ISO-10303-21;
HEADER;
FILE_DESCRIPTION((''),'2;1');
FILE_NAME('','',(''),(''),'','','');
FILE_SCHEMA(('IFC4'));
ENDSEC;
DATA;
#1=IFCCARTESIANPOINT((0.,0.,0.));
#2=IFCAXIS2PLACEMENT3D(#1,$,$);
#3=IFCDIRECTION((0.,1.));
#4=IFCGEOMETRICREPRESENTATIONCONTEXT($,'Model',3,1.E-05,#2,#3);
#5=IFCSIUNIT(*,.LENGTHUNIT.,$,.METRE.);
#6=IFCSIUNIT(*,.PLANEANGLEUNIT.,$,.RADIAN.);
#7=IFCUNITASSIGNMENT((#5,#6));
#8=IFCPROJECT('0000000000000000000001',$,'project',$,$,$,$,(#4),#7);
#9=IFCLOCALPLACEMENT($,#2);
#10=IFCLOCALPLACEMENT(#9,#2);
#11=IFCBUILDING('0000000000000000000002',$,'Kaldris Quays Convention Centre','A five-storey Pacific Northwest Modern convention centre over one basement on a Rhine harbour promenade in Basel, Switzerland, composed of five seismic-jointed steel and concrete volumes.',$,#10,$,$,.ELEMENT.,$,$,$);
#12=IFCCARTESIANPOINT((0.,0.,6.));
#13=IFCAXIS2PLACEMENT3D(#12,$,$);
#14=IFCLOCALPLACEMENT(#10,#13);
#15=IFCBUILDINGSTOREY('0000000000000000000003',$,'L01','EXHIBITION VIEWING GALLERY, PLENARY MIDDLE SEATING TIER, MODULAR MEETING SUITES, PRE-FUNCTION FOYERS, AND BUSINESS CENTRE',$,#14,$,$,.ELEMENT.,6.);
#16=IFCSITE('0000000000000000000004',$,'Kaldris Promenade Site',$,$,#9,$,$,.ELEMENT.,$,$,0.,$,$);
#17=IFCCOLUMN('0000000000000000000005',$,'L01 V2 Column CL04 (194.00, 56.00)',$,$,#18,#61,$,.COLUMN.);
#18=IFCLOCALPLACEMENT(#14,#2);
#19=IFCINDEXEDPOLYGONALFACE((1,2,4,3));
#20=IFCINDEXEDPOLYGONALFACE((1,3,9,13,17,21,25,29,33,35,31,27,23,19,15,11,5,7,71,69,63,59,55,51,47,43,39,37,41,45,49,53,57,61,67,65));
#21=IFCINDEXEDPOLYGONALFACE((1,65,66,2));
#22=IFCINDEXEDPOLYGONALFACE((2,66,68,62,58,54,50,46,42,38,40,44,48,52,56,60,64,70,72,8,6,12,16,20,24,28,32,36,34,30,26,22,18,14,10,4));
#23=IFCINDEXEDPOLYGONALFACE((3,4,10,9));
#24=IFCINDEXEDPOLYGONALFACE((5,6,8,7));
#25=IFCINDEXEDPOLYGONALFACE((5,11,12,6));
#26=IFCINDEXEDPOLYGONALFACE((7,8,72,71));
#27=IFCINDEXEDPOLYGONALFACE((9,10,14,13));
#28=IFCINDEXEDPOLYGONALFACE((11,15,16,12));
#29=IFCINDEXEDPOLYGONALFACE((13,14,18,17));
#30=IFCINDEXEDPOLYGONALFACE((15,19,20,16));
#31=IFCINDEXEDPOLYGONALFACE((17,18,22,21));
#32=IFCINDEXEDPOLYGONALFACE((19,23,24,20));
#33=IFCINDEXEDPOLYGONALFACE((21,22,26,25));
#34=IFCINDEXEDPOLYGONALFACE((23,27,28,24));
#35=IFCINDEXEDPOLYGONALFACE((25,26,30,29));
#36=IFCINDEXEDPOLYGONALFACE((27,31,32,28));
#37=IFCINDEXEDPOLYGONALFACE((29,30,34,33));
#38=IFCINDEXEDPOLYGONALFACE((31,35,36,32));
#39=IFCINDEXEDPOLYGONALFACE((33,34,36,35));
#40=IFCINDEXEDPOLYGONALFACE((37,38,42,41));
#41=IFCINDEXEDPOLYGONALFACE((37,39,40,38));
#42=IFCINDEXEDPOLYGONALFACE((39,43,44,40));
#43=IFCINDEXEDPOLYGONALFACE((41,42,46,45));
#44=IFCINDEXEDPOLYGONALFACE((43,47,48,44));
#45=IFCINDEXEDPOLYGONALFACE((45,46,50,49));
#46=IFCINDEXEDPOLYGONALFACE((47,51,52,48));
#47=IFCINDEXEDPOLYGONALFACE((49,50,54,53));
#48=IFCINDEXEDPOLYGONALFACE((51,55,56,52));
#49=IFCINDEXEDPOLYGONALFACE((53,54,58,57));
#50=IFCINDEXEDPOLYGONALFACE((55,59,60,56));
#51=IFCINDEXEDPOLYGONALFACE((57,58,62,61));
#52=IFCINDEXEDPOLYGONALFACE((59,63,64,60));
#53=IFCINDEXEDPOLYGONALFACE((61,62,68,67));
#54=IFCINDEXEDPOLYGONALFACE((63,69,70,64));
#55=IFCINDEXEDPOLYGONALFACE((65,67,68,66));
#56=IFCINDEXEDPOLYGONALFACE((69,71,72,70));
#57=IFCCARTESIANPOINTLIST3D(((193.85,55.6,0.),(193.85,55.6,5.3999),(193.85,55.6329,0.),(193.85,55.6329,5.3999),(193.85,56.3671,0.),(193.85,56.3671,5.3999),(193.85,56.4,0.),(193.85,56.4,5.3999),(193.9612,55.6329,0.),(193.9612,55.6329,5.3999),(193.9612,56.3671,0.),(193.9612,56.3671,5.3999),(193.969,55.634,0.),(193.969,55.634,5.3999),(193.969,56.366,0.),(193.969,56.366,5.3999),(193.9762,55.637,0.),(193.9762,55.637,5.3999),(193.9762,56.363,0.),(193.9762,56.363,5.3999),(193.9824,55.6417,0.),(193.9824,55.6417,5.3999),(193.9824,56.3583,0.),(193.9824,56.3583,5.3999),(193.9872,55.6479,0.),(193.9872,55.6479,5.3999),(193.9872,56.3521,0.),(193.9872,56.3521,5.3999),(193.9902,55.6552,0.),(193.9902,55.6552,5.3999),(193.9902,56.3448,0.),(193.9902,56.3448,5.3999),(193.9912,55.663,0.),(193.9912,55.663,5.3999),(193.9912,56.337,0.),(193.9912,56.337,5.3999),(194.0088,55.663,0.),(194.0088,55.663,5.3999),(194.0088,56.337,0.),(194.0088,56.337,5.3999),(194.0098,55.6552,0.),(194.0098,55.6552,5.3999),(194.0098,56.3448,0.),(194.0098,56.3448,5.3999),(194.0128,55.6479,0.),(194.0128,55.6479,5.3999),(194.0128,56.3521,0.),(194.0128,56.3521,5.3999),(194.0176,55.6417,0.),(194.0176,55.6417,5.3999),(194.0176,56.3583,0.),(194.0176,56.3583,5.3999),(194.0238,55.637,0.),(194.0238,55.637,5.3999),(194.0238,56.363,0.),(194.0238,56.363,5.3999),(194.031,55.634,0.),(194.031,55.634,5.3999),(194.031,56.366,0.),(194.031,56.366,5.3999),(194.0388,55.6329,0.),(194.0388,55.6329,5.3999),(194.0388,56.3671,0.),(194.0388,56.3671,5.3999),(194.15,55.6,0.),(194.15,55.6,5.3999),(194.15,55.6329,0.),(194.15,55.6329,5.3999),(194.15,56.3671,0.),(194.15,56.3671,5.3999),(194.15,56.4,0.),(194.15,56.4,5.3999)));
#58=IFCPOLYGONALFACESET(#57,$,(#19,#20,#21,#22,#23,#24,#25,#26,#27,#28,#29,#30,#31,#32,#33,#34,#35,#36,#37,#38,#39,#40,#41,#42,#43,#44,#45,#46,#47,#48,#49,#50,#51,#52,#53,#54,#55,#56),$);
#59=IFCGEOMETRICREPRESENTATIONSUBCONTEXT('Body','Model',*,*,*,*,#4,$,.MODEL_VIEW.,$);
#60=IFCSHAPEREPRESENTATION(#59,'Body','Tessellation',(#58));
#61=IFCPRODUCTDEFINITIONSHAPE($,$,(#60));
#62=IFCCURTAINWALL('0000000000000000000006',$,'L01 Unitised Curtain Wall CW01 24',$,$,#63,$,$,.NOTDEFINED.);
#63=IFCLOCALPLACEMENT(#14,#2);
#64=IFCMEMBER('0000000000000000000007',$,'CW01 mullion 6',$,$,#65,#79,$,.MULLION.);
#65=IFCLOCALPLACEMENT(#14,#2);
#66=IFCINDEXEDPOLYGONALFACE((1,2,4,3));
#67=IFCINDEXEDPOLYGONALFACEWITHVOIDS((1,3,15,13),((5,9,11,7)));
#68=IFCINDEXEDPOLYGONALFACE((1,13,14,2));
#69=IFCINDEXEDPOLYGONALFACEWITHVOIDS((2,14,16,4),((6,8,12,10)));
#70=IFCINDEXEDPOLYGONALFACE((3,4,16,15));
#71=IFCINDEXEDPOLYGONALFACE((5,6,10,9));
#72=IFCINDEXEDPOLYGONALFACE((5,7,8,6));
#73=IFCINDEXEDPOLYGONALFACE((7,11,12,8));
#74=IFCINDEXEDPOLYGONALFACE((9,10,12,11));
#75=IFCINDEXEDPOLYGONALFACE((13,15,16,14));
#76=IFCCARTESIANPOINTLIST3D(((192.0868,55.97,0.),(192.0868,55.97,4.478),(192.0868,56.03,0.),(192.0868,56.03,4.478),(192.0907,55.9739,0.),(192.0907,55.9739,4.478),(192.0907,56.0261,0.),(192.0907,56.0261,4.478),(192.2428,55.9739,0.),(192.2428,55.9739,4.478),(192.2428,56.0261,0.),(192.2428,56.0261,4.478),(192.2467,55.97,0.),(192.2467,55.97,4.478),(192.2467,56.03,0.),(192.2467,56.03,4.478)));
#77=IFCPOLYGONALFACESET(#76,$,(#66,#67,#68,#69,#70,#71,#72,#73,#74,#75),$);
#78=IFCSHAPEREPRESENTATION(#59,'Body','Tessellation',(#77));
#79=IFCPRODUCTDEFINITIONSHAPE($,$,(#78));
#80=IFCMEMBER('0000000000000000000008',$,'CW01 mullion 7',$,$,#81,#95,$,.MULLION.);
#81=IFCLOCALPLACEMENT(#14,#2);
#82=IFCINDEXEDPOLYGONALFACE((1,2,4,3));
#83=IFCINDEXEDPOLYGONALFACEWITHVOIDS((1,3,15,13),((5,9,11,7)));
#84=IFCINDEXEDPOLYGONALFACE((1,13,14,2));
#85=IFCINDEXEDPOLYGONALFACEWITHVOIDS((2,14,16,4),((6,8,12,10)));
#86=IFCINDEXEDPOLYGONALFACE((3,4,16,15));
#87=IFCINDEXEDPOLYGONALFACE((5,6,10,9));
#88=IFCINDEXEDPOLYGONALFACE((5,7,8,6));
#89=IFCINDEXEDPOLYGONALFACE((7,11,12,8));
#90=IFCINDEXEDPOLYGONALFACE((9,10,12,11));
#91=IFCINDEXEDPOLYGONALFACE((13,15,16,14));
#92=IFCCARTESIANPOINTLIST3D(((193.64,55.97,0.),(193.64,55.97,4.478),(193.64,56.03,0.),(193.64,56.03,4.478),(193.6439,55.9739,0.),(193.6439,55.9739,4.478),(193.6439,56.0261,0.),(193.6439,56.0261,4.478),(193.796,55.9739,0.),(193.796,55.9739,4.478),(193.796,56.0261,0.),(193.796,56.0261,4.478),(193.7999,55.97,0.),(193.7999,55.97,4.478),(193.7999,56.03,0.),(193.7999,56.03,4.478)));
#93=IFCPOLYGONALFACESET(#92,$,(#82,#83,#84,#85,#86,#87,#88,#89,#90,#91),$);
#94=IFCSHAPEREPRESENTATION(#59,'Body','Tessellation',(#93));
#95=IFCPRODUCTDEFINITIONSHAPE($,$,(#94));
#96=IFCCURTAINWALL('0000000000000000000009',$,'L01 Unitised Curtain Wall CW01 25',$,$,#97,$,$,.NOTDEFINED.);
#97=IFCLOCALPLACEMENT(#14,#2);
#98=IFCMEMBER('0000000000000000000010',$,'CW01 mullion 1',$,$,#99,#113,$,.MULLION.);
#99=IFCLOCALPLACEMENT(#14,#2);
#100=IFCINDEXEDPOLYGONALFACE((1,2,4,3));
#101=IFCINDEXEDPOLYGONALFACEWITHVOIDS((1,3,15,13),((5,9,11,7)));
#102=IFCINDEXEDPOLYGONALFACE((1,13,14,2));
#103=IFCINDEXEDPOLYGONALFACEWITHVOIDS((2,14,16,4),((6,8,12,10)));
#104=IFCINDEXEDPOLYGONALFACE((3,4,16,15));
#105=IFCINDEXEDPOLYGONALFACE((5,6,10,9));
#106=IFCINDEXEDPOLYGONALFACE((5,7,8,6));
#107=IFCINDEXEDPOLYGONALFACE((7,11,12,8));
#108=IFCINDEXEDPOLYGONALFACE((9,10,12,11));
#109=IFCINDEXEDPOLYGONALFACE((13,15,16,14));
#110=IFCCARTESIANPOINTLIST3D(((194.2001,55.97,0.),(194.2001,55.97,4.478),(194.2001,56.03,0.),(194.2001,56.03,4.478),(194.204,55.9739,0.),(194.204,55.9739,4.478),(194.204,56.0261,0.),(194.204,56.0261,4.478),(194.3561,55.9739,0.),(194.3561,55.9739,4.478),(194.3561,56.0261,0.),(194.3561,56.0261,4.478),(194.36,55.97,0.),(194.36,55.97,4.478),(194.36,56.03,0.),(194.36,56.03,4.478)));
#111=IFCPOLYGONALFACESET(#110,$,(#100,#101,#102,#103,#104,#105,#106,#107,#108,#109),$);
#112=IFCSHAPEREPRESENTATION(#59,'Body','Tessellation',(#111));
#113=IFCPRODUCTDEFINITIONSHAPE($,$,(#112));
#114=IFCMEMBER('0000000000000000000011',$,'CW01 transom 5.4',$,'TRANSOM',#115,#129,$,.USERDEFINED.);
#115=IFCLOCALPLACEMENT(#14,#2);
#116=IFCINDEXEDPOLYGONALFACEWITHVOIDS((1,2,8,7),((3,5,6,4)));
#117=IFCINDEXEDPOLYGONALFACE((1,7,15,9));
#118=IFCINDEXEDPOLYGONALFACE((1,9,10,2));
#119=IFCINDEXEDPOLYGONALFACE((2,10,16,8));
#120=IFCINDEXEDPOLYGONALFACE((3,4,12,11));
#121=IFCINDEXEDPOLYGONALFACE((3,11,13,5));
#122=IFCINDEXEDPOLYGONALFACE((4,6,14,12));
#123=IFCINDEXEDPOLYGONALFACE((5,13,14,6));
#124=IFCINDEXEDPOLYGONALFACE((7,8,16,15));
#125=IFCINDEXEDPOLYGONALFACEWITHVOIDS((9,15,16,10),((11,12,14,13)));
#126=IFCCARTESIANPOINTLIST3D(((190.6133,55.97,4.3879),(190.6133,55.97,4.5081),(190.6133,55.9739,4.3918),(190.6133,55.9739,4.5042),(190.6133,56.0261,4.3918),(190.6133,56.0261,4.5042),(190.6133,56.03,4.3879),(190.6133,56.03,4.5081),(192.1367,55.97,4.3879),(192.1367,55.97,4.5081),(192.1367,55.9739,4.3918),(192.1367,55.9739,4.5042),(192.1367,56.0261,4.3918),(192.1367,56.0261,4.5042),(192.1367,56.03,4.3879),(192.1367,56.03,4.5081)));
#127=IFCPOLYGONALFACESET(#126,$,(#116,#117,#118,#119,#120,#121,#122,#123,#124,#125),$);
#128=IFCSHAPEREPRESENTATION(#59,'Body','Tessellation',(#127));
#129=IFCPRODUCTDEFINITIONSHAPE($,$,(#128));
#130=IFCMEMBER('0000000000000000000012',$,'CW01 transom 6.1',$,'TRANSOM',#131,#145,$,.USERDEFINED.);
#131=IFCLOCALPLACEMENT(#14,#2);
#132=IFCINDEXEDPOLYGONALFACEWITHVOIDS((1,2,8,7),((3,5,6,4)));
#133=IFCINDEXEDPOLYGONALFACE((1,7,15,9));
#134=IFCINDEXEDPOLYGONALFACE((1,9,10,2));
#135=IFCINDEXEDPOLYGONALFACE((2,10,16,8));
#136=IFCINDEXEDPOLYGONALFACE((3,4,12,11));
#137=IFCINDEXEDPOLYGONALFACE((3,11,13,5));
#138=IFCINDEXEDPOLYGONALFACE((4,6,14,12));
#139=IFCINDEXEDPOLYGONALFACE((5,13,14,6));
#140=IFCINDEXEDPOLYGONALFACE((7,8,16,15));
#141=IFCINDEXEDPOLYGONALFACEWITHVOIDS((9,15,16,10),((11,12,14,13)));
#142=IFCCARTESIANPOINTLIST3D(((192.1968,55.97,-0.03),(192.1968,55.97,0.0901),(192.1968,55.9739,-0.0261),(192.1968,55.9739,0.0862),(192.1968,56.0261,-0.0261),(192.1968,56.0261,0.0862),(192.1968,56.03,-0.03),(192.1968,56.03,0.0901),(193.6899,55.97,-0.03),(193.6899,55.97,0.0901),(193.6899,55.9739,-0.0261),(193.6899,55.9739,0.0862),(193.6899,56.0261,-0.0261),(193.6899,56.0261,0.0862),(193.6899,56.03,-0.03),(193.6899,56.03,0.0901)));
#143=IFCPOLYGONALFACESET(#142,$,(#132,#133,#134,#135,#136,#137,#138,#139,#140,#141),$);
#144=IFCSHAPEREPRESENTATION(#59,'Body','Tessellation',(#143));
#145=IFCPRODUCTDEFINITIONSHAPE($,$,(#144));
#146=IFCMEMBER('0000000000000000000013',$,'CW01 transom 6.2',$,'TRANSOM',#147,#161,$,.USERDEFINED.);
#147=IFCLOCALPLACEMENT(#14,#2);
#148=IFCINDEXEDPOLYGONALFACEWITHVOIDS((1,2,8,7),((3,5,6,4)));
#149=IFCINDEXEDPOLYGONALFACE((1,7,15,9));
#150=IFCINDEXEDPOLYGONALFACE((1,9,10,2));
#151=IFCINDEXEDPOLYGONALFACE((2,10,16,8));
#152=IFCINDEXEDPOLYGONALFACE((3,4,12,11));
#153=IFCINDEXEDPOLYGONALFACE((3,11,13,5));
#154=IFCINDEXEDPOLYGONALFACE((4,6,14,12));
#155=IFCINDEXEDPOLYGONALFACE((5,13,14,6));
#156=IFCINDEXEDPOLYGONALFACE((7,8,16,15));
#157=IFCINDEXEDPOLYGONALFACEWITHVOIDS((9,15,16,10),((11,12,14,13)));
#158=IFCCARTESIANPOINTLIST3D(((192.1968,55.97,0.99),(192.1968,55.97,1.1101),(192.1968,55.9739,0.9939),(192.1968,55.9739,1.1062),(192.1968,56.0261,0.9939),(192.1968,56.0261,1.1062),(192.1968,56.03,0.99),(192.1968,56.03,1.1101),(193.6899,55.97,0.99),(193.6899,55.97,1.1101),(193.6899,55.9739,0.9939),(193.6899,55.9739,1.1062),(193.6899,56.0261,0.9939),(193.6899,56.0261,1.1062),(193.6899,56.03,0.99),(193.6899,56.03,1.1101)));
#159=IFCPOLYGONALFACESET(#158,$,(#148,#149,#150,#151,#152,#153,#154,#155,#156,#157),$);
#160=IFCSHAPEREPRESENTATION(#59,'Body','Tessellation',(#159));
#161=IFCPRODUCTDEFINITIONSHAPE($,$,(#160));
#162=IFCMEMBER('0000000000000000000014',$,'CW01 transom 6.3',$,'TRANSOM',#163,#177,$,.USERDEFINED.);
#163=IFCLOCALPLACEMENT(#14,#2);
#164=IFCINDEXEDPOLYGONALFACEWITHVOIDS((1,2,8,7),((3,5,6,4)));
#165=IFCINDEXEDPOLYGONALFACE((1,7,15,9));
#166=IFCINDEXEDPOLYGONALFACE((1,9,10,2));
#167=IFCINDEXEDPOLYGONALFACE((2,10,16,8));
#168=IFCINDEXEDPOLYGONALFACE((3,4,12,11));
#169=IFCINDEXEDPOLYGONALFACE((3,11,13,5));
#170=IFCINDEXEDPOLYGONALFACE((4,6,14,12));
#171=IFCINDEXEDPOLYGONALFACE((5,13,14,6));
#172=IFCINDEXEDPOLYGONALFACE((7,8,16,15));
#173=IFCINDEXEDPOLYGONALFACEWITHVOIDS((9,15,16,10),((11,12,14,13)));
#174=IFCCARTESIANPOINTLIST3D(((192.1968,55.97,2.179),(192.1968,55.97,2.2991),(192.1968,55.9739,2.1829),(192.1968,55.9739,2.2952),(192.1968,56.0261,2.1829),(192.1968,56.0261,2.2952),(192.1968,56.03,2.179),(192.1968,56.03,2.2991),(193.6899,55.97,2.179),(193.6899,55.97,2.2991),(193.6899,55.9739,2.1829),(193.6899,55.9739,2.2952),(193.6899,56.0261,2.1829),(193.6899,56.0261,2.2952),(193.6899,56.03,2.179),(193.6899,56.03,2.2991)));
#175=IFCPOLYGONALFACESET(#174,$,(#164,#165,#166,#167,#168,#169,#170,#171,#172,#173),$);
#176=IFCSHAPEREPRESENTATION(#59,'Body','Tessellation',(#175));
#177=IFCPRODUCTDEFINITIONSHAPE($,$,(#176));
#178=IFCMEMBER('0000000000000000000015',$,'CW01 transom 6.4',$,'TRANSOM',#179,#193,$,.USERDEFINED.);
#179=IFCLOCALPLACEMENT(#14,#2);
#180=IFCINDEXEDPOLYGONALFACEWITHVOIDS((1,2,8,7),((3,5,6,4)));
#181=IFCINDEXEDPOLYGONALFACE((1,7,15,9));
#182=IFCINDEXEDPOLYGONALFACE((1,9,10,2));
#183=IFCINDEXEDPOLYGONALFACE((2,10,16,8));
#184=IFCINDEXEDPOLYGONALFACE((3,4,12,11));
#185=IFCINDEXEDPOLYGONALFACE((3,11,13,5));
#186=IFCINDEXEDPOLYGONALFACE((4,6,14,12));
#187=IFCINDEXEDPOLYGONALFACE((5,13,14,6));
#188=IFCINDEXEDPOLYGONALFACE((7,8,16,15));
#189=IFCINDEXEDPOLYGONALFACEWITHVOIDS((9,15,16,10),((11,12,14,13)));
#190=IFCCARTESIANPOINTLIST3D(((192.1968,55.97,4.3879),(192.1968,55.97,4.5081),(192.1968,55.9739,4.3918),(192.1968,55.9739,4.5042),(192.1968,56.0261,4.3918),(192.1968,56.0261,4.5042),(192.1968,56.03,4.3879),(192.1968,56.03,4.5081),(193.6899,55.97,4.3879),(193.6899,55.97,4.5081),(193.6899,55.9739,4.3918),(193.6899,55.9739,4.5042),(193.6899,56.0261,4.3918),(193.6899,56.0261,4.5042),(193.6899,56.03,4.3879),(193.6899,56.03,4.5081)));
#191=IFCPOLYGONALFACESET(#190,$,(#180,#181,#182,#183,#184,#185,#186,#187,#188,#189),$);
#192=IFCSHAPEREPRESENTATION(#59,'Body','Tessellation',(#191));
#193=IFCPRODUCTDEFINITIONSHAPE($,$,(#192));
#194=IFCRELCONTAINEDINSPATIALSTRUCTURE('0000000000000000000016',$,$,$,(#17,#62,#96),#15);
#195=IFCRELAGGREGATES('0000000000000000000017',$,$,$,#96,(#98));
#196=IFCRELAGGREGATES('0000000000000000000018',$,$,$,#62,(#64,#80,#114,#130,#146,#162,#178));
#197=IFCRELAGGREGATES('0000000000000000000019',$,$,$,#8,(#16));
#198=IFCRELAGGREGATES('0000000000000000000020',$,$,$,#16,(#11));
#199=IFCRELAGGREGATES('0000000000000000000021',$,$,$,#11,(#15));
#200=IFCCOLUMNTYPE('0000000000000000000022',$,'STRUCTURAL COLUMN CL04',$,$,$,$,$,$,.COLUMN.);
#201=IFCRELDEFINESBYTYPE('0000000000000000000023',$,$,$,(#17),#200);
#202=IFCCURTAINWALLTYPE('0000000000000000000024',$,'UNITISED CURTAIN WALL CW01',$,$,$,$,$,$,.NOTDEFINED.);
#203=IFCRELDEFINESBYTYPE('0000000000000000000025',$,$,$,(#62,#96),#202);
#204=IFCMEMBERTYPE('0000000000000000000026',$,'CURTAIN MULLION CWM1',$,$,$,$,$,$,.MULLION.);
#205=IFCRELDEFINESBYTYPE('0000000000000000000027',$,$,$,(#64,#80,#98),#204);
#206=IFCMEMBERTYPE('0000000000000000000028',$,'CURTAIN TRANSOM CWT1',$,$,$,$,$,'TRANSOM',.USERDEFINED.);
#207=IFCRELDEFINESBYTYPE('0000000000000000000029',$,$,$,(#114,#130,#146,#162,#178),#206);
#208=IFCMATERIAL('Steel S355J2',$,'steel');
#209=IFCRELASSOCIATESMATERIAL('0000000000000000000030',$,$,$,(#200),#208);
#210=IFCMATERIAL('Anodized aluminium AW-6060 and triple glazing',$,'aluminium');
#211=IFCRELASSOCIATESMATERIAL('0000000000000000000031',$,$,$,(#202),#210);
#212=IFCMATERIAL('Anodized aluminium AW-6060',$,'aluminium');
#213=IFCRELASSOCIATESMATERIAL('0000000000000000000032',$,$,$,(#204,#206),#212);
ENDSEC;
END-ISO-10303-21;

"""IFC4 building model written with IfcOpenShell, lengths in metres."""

from ifc_helpers import new_model, si_unit, direction, frame, origin, origin_2d, place, context, subcontext, project, spatial, hollow_rectangle, i_section, extrude, material, material_profile, profile_set, type_object, element, aggregate, save


model = new_model("IFC4")

# Units and contexts
model_context = context("Model", 3, precision=1e-05, world=origin(), true_north=direction((0.0, 1.0)))
body_context = subcontext(model_context, "Body", "Model", "MODEL_VIEW")
ifc_project = project(units=[si_unit("LENGTHUNIT", "METRE"), si_unit("PLANEANGLEUNIT", "RADIAN")], contexts=[model_context])

# Site, building, storey
site_placement = place(None, origin())
site = spatial("IfcSite", under=ifc_project, at=site_placement, Name="Kaldris Promenade Site", CompositionType="ELEMENT", RefElevation=0.0)
building_placement = place(site_placement, origin())
building = spatial("IfcBuilding", under=site, at=building_placement, Name="Kaldris Quays Convention Centre", Description="A five-storey Pacific Northwest Modern convention centre over one basement on a Rhine harbour promenade in Basel, Switzerland, composed of five seismic-jointed steel and concrete volumes.", CompositionType="ELEMENT")
storey_placement = place(building_placement, frame((0.0, 0.0, 6.0)))
storey = spatial("IfcBuildingStorey", under=building, at=storey_placement, Name="L01", Description="EXHIBITION VIEWING GALLERY, PLENARY MIDDLE SEATING TIER, MODULAR MEETING SUITES, PRE-FUNCTION FOYERS, AND BUSINESS CENTRE", CompositionType="ELEMENT", Elevation=6.0)

# Column
ifc_material_1 = material(Name="Steel S355J2", Category="steel")
ifc_material_profile_1 = material_profile(ifc_material_1, i_section(OverallWidth=0.3, OverallDepth=0.8, WebThickness=0.0176, FlangeThickness=0.033, FilletRadius=0.03, at=origin_2d()), Name="HEB 800")
ifc_profile_set_1 = profile_set([ifc_material_profile_1], Name="Steel S355J2")
column_type = type_object("IfcColumnType", Name="STRUCTURAL COLUMN CL04", PredefinedType="COLUMN", material=ifc_profile_set_1)
column_placement = place(storey_placement, frame((194.0, 56.0, 0.0), z_axis=(0.0, 0.0, 1.0), x_axis=(1.0, 0.0, 0.0)))
element("IfcColumn", 1, at=column_placement, inside=storey, type_object=column_type, Name="L01 V2 Column CL04 (194.00, 56.00)", PredefinedType="COLUMN", context=body_context, shape_type="SweptSolid", body=[
    extrude(i_section(OverallWidth=0.3, OverallDepth=0.8, WebThickness=0.0176, FlangeThickness=0.033, FilletRadius=0.03, at=origin_2d()), origin(), (0.0, 0.0, 1.0), 5.3999),
])

# Curtain wall, members
ifc_material_2 = material(Name="Anodized aluminium AW-6060 and triple glazing", Category="aluminium")
curtain_wall_type = type_object("IfcCurtainWallType", Name="UNITISED CURTAIN WALL CW01", PredefinedType="NOTDEFINED", material=ifc_material_2)
curtain_wall_1_placement = place(storey_placement, origin())
curtain_wall_1 = element("IfcCurtainWall", 2, at=curtain_wall_1_placement, inside=storey, type_object=curtain_wall_type, Name="L01 Unitised Curtain Wall CW01 24", PredefinedType="NOTDEFINED")
ifc_material_3 = material(Name="Anodized aluminium AW-6060", Category="aluminium")
ifc_material_profile_2 = material_profile(ifc_material_3, hollow_rectangle(XDim=0.0601, YDim=0.1599, WallThickness=0.0039, at=origin_2d()), Name="RHS 160x60x4")
ifc_profile_set_2 = profile_set([ifc_material_profile_2], Name="Anodized aluminium AW-6060")
member_type_1 = type_object("IfcMemberType", Name="CURTAIN MULLION CWM1", PredefinedType="MULLION", material=ifc_profile_set_2)
member_1_placement = place(storey_placement, frame((192.1667, 56.0, 0.0), z_axis=(0.0, 0.0, 1.0), x_axis=(0.0, 1.0, 0.0)))
member_1 = element("IfcMember", 3, at=member_1_placement, type_object=member_type_1, Name="CW01 mullion 6", PredefinedType="MULLION", context=body_context, shape_type="SweptSolid", body=[
    extrude(hollow_rectangle(XDim=0.0601, YDim=0.1599, WallThickness=0.0039, at=origin_2d()), origin(), (0.0, 0.0, 1.0), 4.478),
])
member_2_placement = place(storey_placement, frame((193.72, 56.0, 0.0), z_axis=(0.0, 0.0, 1.0), x_axis=(0.0, 1.0, 0.0)))
member_2 = element("IfcMember", 4, at=member_2_placement, type_object=member_type_1, Name="CW01 mullion 7", PredefinedType="MULLION", context=body_context, shape_type="SweptSolid", body=[
    extrude(hollow_rectangle(XDim=0.0601, YDim=0.1599, WallThickness=0.0039, at=origin_2d()), origin(), (0.0, 0.0, 1.0), 4.478),
])

# Curtain wall, member
curtain_wall_2_placement = place(storey_placement, origin())
curtain_wall_2 = element("IfcCurtainWall", 5, at=curtain_wall_2_placement, inside=storey, type_object=curtain_wall_type, Name="L01 Unitised Curtain Wall CW01 25", PredefinedType="NOTDEFINED")
member_3_placement = place(storey_placement, frame((194.28, 56.0, 0.0), z_axis=(0.0, 0.0, 1.0), x_axis=(0.0, 1.0, 0.0)))
member_3 = element("IfcMember", 6, at=member_3_placement, type_object=member_type_1, Name="CW01 mullion 1", PredefinedType="MULLION", context=body_context, shape_type="SweptSolid", body=[
    extrude(hollow_rectangle(XDim=0.0601, YDim=0.1599, WallThickness=0.0039, at=origin_2d()), origin(), (0.0, 0.0, 1.0), 4.478),
])

# Members
ifc_material_profile_3 = material_profile(ifc_material_3, hollow_rectangle(XDim=0.0601, YDim=0.1201, WallThickness=0.0039, at=origin_2d()), Name="RHS 120x60x4")
ifc_profile_set_3 = profile_set([ifc_material_profile_3], Name="Anodized aluminium AW-6060")
member_type_2 = type_object("IfcMemberType", Name="CURTAIN TRANSOM CWT1", ElementType="TRANSOM", PredefinedType="USERDEFINED", material=ifc_profile_set_3)
member_4_placement = place(storey_placement, frame((190.6133, 56.0, 4.448), z_axis=(1.0, 0.0, 0.0), x_axis=(0.0, 1.0, 0.0)))
member_4 = element("IfcMember", 7, at=member_4_placement, type_object=member_type_2, Name="CW01 transom 5.4", ObjectType="TRANSOM", PredefinedType="USERDEFINED", context=body_context, shape_type="SweptSolid", body=[
    extrude(hollow_rectangle(XDim=0.0601, YDim=0.1201, WallThickness=0.0039, at=origin_2d()), origin(), (0.0, 0.0, 1.0), 1.5234),
])
member_5_placement = place(storey_placement, frame((192.1968, 56.0, 0.03), z_axis=(1.0, 0.0, 0.0), x_axis=(0.0, 1.0, 0.0)))
member_5 = element("IfcMember", 8, at=member_5_placement, type_object=member_type_2, Name="CW01 transom 6.1", ObjectType="TRANSOM", PredefinedType="USERDEFINED", context=body_context, shape_type="SweptSolid", body=[
    extrude(hollow_rectangle(XDim=0.0601, YDim=0.1201, WallThickness=0.0039, at=origin_2d()), origin(), (0.0, 0.0, 1.0), 1.4932),
])
member_6_placement = place(storey_placement, frame((192.1968, 56.0, 1.05), z_axis=(1.0, 0.0, 0.0), x_axis=(0.0, 1.0, 0.0)))
member_6 = element("IfcMember", 9, at=member_6_placement, type_object=member_type_2, Name="CW01 transom 6.2", ObjectType="TRANSOM", PredefinedType="USERDEFINED", context=body_context, shape_type="SweptSolid", body=[
    extrude(hollow_rectangle(XDim=0.0601, YDim=0.1201, WallThickness=0.0039, at=origin_2d()), origin(), (0.0, 0.0, 1.0), 1.4932),
])
member_7_placement = place(storey_placement, frame((192.1968, 56.0, 2.239), z_axis=(1.0, 0.0, 0.0), x_axis=(0.0, 1.0, 0.0)))
member_7 = element("IfcMember", 10, at=member_7_placement, type_object=member_type_2, Name="CW01 transom 6.3", ObjectType="TRANSOM", PredefinedType="USERDEFINED", context=body_context, shape_type="SweptSolid", body=[
    extrude(hollow_rectangle(XDim=0.0601, YDim=0.1201, WallThickness=0.0039, at=origin_2d()), origin(), (0.0, 0.0, 1.0), 1.4932),
])
member_8_placement = place(storey_placement, frame((192.1968, 56.0, 4.448), z_axis=(1.0, 0.0, 0.0), x_axis=(0.0, 1.0, 0.0)))
member_8 = element("IfcMember", 11, at=member_8_placement, type_object=member_type_2, Name="CW01 transom 6.4", ObjectType="TRANSOM", PredefinedType="USERDEFINED", context=body_context, shape_type="SweptSolid", body=[
    extrude(hollow_rectangle(XDim=0.0601, YDim=0.1201, WallThickness=0.0039, at=origin_2d()), origin(), (0.0, 0.0, 1.0), 1.4932),
])

aggregate(curtain_wall_2, [member_3])
aggregate(curtain_wall_1, [member_1, member_2, member_4, member_5, member_6, member_7, member_8])

save(model, "model.ifc")
